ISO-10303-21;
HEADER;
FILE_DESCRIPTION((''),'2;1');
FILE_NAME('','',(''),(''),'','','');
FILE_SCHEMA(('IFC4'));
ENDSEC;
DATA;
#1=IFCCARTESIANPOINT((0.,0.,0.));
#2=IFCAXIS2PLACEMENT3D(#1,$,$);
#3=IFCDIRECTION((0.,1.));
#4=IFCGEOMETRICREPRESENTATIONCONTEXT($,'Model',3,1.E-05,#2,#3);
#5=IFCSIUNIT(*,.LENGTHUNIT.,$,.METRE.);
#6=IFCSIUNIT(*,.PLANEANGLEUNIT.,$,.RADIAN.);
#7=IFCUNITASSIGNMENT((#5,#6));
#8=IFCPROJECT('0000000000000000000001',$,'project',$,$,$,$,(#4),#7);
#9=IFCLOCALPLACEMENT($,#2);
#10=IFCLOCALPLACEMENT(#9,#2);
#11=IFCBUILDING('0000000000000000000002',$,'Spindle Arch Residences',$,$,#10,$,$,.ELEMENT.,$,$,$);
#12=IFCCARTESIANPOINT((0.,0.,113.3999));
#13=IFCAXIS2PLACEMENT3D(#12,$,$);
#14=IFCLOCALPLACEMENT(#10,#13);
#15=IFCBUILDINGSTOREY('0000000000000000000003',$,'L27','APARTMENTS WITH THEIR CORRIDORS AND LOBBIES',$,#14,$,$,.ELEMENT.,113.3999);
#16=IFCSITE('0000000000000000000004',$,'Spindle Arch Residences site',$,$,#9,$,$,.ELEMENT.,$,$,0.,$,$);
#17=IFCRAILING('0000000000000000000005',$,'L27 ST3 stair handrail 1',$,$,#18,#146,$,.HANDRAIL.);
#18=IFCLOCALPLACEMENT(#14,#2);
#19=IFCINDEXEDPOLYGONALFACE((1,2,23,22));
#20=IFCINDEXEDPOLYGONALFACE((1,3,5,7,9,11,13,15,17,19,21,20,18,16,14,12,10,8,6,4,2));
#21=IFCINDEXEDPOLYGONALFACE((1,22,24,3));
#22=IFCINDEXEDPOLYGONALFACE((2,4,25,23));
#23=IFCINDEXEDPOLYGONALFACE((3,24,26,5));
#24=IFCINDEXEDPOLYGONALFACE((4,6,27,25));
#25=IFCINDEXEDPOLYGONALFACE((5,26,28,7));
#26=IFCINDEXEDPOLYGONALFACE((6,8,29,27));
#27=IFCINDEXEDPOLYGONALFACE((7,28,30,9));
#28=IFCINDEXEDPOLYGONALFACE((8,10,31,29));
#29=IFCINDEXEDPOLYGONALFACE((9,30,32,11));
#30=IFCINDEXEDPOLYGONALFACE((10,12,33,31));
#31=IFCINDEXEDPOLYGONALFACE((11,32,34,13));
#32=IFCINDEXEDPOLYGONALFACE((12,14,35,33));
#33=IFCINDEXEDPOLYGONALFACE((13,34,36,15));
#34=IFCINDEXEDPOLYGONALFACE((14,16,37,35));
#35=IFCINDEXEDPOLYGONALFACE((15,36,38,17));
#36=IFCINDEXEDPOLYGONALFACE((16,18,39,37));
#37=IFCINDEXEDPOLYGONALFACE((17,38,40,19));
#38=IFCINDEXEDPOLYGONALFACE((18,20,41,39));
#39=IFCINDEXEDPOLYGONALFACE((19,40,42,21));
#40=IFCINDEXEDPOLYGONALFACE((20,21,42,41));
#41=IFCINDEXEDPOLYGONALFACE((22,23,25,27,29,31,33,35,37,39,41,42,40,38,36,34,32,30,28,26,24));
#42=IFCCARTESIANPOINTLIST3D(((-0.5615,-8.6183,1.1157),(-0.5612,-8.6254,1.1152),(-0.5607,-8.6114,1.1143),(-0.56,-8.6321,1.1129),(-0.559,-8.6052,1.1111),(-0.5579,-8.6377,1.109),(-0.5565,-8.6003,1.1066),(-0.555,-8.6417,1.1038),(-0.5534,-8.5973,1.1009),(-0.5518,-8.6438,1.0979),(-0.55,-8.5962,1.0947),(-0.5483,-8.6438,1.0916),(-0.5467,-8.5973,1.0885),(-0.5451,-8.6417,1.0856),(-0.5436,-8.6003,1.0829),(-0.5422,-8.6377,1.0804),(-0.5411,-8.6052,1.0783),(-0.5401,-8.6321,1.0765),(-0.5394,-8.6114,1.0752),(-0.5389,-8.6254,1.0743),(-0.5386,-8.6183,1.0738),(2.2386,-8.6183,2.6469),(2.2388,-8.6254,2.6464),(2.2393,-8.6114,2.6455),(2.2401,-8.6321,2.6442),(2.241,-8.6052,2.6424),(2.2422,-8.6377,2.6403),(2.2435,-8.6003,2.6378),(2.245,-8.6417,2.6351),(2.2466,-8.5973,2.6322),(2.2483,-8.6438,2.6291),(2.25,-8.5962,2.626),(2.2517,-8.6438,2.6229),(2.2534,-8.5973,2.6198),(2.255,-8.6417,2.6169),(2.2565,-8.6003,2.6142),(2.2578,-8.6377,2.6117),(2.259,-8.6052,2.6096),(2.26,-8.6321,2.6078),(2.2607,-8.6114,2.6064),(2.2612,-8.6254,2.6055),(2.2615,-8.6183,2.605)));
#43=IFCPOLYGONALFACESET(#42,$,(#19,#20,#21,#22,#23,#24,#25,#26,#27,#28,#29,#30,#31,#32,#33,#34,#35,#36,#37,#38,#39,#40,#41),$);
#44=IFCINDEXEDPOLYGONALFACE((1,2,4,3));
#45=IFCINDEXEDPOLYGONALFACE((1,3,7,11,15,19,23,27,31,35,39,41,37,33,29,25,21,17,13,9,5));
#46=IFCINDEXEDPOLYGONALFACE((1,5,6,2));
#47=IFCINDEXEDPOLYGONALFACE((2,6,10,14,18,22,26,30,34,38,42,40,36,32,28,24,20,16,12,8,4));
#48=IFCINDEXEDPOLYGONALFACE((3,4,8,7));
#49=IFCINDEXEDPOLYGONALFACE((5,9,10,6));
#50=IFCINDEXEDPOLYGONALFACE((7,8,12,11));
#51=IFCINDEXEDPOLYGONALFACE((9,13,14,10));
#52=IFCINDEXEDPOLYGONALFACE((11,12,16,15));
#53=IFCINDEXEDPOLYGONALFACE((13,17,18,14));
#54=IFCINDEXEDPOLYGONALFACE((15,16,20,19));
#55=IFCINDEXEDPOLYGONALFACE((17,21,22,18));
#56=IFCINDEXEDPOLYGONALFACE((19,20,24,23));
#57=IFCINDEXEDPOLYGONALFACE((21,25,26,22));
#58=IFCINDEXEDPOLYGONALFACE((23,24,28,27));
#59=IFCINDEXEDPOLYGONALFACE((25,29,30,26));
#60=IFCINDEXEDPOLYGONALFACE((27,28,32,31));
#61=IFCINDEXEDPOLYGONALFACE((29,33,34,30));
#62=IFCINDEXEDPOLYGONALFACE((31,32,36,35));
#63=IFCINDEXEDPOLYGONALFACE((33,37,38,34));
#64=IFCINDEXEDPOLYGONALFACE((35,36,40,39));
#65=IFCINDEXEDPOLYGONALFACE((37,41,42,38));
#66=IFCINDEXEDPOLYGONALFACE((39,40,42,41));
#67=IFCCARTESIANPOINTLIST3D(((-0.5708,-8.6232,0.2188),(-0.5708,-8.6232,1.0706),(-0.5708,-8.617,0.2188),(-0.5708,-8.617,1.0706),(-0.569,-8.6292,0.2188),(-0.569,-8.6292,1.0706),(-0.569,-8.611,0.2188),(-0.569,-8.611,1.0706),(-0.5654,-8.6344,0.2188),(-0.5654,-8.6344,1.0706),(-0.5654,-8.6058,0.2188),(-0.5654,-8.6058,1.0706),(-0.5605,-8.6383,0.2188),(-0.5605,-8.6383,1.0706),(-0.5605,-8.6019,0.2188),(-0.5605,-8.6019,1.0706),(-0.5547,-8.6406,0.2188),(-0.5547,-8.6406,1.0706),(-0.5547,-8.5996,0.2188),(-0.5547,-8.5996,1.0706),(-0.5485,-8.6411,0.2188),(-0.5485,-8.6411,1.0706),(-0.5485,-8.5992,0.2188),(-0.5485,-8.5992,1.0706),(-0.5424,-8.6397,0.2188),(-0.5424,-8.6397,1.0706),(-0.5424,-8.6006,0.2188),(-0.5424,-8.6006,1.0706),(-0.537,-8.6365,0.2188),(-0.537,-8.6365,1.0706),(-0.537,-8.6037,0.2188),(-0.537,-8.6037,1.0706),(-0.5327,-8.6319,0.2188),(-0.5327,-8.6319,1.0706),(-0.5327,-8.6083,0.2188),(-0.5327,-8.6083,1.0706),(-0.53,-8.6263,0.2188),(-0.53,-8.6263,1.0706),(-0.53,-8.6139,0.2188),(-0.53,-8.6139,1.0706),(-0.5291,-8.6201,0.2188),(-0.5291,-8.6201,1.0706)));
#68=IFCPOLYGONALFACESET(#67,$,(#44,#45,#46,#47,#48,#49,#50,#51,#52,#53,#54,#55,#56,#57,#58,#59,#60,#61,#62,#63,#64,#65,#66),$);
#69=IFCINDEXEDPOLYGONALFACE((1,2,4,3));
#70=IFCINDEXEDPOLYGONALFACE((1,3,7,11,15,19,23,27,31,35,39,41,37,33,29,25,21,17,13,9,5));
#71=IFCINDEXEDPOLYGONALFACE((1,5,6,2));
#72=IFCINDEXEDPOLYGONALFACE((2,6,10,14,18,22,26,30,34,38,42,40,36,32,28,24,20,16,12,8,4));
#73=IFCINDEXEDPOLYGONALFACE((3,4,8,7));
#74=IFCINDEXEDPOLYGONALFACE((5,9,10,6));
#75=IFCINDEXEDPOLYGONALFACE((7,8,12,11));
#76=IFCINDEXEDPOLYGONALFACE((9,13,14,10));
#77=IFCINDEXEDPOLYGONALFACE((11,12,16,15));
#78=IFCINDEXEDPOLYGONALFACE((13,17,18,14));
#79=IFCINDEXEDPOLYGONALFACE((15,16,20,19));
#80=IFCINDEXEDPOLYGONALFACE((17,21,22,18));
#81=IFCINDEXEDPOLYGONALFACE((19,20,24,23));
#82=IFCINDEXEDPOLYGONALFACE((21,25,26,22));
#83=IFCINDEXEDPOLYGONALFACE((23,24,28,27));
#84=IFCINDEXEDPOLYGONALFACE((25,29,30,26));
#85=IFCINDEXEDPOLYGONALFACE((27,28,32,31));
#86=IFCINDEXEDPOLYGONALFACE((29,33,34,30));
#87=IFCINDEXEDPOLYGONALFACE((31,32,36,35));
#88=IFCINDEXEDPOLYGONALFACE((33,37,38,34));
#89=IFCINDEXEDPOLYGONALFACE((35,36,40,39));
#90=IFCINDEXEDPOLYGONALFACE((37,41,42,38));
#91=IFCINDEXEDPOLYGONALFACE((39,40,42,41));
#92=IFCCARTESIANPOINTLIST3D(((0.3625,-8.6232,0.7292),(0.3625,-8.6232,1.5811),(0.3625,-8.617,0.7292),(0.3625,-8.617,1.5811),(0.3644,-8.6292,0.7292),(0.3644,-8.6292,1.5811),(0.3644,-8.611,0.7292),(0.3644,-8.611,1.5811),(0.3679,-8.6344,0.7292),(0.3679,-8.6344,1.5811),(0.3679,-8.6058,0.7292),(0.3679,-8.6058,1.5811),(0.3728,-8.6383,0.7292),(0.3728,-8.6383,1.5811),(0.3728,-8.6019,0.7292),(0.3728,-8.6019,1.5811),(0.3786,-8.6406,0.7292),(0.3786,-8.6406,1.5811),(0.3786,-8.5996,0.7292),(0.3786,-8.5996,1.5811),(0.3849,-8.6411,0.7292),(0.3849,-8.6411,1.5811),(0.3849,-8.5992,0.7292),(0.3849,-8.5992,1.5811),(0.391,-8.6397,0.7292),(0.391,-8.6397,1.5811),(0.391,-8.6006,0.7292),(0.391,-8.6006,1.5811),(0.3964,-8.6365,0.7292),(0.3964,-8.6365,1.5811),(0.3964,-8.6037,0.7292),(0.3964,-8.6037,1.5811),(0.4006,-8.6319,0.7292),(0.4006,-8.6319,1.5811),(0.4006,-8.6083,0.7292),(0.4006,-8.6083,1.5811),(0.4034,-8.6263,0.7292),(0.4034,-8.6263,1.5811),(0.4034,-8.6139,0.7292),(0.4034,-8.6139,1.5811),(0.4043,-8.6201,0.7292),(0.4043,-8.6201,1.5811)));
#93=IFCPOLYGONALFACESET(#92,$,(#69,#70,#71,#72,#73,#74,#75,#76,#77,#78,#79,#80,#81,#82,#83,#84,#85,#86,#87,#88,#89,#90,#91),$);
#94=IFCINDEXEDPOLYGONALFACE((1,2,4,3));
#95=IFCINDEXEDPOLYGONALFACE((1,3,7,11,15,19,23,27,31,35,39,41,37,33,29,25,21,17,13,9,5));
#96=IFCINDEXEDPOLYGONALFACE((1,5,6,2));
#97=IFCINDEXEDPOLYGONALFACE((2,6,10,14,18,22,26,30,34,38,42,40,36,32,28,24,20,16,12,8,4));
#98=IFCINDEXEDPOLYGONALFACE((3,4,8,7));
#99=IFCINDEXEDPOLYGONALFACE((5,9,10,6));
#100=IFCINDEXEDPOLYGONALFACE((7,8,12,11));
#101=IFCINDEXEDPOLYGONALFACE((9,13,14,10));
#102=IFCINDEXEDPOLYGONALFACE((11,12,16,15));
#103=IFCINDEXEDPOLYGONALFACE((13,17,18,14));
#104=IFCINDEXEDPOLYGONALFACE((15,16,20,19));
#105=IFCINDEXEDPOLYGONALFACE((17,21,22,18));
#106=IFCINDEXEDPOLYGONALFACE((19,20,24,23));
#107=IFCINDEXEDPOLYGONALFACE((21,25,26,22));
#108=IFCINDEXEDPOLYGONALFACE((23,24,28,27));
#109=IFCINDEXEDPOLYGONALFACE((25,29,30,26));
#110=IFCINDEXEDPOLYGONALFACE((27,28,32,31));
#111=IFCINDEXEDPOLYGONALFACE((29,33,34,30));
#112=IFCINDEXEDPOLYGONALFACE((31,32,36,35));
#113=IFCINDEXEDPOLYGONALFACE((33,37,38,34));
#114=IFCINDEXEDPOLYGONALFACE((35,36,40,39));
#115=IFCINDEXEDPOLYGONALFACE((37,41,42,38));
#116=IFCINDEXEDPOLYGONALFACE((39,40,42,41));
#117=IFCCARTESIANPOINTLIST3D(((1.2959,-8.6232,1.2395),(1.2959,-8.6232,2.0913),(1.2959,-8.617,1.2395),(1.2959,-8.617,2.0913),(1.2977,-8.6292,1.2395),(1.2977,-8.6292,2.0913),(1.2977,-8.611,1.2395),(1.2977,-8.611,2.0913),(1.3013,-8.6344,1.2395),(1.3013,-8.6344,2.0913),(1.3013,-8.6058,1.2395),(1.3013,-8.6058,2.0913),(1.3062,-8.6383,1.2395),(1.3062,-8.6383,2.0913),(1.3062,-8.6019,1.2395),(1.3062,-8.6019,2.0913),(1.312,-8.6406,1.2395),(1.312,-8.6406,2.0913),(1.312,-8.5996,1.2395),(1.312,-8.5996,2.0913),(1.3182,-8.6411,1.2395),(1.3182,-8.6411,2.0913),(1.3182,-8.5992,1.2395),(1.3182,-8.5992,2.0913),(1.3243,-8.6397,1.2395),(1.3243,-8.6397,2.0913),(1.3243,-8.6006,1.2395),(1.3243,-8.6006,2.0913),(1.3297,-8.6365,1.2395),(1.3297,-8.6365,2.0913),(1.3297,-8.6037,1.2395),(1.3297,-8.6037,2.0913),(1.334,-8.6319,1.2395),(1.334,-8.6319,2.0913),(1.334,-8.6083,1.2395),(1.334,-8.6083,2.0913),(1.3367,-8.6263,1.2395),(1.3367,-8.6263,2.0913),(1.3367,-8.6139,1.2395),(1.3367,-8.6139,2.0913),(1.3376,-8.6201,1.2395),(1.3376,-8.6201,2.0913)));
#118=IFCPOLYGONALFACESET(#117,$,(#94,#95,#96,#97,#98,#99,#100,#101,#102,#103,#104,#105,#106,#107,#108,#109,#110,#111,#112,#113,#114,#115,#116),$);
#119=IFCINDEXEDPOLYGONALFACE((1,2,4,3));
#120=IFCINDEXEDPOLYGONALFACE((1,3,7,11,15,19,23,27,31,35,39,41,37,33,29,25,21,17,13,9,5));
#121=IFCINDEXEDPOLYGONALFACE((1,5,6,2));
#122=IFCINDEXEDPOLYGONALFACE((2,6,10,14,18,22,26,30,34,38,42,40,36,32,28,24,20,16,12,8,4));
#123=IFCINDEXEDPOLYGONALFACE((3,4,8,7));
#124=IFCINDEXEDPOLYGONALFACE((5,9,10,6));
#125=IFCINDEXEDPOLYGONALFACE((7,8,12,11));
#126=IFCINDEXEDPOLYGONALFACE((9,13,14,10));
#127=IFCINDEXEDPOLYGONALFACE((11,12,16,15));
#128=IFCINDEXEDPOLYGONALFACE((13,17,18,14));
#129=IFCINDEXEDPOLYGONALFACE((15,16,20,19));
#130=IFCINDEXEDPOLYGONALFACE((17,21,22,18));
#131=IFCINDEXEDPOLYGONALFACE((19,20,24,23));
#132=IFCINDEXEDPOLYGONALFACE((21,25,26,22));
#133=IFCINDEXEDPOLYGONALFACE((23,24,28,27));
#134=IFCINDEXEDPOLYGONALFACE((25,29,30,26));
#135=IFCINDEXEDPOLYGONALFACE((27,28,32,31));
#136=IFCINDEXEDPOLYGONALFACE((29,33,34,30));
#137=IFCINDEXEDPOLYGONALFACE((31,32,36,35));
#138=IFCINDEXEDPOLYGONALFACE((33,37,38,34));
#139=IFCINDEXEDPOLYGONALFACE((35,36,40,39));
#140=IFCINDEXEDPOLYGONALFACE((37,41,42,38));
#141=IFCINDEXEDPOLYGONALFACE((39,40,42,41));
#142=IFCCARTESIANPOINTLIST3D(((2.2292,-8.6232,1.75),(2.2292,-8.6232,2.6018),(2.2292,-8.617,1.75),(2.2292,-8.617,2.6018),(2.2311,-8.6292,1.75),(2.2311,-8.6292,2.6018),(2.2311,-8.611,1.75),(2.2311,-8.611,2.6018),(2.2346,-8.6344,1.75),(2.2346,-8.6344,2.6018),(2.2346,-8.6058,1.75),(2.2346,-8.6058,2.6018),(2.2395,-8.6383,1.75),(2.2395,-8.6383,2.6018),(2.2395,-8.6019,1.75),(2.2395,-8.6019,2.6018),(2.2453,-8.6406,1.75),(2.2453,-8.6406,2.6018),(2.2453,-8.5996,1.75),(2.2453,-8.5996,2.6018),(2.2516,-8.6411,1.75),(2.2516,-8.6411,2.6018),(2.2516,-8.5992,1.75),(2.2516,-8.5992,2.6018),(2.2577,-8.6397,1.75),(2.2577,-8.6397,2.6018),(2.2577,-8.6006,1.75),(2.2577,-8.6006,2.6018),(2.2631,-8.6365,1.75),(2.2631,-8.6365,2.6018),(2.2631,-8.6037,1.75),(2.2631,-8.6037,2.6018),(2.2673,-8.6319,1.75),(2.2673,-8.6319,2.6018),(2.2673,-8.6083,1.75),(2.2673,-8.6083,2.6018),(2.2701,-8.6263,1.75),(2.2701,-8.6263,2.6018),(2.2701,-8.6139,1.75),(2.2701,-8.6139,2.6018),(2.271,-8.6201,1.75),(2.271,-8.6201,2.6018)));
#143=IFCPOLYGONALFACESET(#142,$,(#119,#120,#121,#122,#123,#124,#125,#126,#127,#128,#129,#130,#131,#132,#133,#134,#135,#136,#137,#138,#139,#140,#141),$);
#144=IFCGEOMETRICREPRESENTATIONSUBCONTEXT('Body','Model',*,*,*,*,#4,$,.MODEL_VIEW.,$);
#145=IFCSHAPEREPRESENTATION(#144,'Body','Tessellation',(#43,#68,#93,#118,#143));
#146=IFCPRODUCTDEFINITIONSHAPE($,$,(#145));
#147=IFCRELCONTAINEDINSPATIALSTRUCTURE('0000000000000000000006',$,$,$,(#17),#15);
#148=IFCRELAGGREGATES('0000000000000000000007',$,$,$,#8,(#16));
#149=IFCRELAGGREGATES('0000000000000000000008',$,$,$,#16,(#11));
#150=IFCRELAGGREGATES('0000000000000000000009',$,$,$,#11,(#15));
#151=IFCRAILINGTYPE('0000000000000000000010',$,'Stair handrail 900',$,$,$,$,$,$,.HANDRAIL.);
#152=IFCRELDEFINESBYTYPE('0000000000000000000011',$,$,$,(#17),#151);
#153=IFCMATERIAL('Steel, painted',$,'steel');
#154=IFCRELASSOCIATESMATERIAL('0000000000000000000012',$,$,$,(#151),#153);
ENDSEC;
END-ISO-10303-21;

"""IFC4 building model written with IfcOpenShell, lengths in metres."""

from ifc_helpers import new_model, si_unit, direction, frame, origin, origin_2d, place, context, subcontext, project, spatial, circle, extrude, material, type_object, element, save


model = new_model("IFC4")

# Units and contexts
model_context = context("Model", 3, precision=1e-05, world=origin(), true_north=direction((0.0, 1.0)))
body_context = subcontext(model_context, "Body", "Model", "MODEL_VIEW")
ifc_project = project(units=[si_unit("LENGTHUNIT", "METRE"), si_unit("PLANEANGLEUNIT", "RADIAN")], contexts=[model_context])

# Site, building, storey
site_placement = place(None, origin())
site = spatial("IfcSite", under=ifc_project, at=site_placement, Name="Spindle Arch Residences site", CompositionType="ELEMENT", RefElevation=0.0)
building_placement = place(site_placement, origin())
building = spatial("IfcBuilding", under=site, at=building_placement, Name="Spindle Arch Residences", CompositionType="ELEMENT")
storey_placement = place(building_placement, frame((0.0, 0.0, 113.3999)))
storey = spatial("IfcBuildingStorey", under=building, at=storey_placement, Name="L27", Description="APARTMENTS WITH THEIR CORRIDORS AND LOBBIES", CompositionType="ELEMENT", Elevation=113.3999)

# Railing
ifc_material_1 = material(Name="Steel, painted", Category="steel")
railing_type_1 = type_object("IfcRailingType", Name="Stair handrail 900", PredefinedType="HANDRAIL", material=ifc_material_1)
railing_1_placement = place(storey_placement, frame((-0.55, -8.6201, 0.2188)))
element("IfcRailing", 1, at=railing_1_placement, inside=storey, type_object=railing_type_1, Name="L27 ST3 stair handrail 1", PredefinedType="HANDRAIL", context=body_context, shape_type="SweptSolid", body=[
    extrude(circle(Radius=0.0239, at=origin_2d()), frame((0.0, 0.0, 0.876), z_axis=(0.877375, 0.0, 0.479806), x_axis=(0.0, 1.0, 0.0)), (0.0, 0.0, 1.0), 3.1914),
    extrude(circle(Radius=0.021, at=origin_2d()), origin(), (0.0, 0.0, 1.0), 0.8518),
    extrude(circle(Radius=0.021, at=origin_2d()), frame((0.9333, 0.0, 0.5105)), (0.0, 0.0, 1.0), 0.8518),
    extrude(circle(Radius=0.021, at=origin_2d()), frame((1.8667, 0.0, 1.0208)), (0.0, 0.0, 1.0), 0.8518),
    extrude(circle(Radius=0.021, at=origin_2d()), frame((2.8, 0.0, 1.5312)), (0.0, 0.0, 1.0), 0.8518),
])

save(model, "model.ifc")
